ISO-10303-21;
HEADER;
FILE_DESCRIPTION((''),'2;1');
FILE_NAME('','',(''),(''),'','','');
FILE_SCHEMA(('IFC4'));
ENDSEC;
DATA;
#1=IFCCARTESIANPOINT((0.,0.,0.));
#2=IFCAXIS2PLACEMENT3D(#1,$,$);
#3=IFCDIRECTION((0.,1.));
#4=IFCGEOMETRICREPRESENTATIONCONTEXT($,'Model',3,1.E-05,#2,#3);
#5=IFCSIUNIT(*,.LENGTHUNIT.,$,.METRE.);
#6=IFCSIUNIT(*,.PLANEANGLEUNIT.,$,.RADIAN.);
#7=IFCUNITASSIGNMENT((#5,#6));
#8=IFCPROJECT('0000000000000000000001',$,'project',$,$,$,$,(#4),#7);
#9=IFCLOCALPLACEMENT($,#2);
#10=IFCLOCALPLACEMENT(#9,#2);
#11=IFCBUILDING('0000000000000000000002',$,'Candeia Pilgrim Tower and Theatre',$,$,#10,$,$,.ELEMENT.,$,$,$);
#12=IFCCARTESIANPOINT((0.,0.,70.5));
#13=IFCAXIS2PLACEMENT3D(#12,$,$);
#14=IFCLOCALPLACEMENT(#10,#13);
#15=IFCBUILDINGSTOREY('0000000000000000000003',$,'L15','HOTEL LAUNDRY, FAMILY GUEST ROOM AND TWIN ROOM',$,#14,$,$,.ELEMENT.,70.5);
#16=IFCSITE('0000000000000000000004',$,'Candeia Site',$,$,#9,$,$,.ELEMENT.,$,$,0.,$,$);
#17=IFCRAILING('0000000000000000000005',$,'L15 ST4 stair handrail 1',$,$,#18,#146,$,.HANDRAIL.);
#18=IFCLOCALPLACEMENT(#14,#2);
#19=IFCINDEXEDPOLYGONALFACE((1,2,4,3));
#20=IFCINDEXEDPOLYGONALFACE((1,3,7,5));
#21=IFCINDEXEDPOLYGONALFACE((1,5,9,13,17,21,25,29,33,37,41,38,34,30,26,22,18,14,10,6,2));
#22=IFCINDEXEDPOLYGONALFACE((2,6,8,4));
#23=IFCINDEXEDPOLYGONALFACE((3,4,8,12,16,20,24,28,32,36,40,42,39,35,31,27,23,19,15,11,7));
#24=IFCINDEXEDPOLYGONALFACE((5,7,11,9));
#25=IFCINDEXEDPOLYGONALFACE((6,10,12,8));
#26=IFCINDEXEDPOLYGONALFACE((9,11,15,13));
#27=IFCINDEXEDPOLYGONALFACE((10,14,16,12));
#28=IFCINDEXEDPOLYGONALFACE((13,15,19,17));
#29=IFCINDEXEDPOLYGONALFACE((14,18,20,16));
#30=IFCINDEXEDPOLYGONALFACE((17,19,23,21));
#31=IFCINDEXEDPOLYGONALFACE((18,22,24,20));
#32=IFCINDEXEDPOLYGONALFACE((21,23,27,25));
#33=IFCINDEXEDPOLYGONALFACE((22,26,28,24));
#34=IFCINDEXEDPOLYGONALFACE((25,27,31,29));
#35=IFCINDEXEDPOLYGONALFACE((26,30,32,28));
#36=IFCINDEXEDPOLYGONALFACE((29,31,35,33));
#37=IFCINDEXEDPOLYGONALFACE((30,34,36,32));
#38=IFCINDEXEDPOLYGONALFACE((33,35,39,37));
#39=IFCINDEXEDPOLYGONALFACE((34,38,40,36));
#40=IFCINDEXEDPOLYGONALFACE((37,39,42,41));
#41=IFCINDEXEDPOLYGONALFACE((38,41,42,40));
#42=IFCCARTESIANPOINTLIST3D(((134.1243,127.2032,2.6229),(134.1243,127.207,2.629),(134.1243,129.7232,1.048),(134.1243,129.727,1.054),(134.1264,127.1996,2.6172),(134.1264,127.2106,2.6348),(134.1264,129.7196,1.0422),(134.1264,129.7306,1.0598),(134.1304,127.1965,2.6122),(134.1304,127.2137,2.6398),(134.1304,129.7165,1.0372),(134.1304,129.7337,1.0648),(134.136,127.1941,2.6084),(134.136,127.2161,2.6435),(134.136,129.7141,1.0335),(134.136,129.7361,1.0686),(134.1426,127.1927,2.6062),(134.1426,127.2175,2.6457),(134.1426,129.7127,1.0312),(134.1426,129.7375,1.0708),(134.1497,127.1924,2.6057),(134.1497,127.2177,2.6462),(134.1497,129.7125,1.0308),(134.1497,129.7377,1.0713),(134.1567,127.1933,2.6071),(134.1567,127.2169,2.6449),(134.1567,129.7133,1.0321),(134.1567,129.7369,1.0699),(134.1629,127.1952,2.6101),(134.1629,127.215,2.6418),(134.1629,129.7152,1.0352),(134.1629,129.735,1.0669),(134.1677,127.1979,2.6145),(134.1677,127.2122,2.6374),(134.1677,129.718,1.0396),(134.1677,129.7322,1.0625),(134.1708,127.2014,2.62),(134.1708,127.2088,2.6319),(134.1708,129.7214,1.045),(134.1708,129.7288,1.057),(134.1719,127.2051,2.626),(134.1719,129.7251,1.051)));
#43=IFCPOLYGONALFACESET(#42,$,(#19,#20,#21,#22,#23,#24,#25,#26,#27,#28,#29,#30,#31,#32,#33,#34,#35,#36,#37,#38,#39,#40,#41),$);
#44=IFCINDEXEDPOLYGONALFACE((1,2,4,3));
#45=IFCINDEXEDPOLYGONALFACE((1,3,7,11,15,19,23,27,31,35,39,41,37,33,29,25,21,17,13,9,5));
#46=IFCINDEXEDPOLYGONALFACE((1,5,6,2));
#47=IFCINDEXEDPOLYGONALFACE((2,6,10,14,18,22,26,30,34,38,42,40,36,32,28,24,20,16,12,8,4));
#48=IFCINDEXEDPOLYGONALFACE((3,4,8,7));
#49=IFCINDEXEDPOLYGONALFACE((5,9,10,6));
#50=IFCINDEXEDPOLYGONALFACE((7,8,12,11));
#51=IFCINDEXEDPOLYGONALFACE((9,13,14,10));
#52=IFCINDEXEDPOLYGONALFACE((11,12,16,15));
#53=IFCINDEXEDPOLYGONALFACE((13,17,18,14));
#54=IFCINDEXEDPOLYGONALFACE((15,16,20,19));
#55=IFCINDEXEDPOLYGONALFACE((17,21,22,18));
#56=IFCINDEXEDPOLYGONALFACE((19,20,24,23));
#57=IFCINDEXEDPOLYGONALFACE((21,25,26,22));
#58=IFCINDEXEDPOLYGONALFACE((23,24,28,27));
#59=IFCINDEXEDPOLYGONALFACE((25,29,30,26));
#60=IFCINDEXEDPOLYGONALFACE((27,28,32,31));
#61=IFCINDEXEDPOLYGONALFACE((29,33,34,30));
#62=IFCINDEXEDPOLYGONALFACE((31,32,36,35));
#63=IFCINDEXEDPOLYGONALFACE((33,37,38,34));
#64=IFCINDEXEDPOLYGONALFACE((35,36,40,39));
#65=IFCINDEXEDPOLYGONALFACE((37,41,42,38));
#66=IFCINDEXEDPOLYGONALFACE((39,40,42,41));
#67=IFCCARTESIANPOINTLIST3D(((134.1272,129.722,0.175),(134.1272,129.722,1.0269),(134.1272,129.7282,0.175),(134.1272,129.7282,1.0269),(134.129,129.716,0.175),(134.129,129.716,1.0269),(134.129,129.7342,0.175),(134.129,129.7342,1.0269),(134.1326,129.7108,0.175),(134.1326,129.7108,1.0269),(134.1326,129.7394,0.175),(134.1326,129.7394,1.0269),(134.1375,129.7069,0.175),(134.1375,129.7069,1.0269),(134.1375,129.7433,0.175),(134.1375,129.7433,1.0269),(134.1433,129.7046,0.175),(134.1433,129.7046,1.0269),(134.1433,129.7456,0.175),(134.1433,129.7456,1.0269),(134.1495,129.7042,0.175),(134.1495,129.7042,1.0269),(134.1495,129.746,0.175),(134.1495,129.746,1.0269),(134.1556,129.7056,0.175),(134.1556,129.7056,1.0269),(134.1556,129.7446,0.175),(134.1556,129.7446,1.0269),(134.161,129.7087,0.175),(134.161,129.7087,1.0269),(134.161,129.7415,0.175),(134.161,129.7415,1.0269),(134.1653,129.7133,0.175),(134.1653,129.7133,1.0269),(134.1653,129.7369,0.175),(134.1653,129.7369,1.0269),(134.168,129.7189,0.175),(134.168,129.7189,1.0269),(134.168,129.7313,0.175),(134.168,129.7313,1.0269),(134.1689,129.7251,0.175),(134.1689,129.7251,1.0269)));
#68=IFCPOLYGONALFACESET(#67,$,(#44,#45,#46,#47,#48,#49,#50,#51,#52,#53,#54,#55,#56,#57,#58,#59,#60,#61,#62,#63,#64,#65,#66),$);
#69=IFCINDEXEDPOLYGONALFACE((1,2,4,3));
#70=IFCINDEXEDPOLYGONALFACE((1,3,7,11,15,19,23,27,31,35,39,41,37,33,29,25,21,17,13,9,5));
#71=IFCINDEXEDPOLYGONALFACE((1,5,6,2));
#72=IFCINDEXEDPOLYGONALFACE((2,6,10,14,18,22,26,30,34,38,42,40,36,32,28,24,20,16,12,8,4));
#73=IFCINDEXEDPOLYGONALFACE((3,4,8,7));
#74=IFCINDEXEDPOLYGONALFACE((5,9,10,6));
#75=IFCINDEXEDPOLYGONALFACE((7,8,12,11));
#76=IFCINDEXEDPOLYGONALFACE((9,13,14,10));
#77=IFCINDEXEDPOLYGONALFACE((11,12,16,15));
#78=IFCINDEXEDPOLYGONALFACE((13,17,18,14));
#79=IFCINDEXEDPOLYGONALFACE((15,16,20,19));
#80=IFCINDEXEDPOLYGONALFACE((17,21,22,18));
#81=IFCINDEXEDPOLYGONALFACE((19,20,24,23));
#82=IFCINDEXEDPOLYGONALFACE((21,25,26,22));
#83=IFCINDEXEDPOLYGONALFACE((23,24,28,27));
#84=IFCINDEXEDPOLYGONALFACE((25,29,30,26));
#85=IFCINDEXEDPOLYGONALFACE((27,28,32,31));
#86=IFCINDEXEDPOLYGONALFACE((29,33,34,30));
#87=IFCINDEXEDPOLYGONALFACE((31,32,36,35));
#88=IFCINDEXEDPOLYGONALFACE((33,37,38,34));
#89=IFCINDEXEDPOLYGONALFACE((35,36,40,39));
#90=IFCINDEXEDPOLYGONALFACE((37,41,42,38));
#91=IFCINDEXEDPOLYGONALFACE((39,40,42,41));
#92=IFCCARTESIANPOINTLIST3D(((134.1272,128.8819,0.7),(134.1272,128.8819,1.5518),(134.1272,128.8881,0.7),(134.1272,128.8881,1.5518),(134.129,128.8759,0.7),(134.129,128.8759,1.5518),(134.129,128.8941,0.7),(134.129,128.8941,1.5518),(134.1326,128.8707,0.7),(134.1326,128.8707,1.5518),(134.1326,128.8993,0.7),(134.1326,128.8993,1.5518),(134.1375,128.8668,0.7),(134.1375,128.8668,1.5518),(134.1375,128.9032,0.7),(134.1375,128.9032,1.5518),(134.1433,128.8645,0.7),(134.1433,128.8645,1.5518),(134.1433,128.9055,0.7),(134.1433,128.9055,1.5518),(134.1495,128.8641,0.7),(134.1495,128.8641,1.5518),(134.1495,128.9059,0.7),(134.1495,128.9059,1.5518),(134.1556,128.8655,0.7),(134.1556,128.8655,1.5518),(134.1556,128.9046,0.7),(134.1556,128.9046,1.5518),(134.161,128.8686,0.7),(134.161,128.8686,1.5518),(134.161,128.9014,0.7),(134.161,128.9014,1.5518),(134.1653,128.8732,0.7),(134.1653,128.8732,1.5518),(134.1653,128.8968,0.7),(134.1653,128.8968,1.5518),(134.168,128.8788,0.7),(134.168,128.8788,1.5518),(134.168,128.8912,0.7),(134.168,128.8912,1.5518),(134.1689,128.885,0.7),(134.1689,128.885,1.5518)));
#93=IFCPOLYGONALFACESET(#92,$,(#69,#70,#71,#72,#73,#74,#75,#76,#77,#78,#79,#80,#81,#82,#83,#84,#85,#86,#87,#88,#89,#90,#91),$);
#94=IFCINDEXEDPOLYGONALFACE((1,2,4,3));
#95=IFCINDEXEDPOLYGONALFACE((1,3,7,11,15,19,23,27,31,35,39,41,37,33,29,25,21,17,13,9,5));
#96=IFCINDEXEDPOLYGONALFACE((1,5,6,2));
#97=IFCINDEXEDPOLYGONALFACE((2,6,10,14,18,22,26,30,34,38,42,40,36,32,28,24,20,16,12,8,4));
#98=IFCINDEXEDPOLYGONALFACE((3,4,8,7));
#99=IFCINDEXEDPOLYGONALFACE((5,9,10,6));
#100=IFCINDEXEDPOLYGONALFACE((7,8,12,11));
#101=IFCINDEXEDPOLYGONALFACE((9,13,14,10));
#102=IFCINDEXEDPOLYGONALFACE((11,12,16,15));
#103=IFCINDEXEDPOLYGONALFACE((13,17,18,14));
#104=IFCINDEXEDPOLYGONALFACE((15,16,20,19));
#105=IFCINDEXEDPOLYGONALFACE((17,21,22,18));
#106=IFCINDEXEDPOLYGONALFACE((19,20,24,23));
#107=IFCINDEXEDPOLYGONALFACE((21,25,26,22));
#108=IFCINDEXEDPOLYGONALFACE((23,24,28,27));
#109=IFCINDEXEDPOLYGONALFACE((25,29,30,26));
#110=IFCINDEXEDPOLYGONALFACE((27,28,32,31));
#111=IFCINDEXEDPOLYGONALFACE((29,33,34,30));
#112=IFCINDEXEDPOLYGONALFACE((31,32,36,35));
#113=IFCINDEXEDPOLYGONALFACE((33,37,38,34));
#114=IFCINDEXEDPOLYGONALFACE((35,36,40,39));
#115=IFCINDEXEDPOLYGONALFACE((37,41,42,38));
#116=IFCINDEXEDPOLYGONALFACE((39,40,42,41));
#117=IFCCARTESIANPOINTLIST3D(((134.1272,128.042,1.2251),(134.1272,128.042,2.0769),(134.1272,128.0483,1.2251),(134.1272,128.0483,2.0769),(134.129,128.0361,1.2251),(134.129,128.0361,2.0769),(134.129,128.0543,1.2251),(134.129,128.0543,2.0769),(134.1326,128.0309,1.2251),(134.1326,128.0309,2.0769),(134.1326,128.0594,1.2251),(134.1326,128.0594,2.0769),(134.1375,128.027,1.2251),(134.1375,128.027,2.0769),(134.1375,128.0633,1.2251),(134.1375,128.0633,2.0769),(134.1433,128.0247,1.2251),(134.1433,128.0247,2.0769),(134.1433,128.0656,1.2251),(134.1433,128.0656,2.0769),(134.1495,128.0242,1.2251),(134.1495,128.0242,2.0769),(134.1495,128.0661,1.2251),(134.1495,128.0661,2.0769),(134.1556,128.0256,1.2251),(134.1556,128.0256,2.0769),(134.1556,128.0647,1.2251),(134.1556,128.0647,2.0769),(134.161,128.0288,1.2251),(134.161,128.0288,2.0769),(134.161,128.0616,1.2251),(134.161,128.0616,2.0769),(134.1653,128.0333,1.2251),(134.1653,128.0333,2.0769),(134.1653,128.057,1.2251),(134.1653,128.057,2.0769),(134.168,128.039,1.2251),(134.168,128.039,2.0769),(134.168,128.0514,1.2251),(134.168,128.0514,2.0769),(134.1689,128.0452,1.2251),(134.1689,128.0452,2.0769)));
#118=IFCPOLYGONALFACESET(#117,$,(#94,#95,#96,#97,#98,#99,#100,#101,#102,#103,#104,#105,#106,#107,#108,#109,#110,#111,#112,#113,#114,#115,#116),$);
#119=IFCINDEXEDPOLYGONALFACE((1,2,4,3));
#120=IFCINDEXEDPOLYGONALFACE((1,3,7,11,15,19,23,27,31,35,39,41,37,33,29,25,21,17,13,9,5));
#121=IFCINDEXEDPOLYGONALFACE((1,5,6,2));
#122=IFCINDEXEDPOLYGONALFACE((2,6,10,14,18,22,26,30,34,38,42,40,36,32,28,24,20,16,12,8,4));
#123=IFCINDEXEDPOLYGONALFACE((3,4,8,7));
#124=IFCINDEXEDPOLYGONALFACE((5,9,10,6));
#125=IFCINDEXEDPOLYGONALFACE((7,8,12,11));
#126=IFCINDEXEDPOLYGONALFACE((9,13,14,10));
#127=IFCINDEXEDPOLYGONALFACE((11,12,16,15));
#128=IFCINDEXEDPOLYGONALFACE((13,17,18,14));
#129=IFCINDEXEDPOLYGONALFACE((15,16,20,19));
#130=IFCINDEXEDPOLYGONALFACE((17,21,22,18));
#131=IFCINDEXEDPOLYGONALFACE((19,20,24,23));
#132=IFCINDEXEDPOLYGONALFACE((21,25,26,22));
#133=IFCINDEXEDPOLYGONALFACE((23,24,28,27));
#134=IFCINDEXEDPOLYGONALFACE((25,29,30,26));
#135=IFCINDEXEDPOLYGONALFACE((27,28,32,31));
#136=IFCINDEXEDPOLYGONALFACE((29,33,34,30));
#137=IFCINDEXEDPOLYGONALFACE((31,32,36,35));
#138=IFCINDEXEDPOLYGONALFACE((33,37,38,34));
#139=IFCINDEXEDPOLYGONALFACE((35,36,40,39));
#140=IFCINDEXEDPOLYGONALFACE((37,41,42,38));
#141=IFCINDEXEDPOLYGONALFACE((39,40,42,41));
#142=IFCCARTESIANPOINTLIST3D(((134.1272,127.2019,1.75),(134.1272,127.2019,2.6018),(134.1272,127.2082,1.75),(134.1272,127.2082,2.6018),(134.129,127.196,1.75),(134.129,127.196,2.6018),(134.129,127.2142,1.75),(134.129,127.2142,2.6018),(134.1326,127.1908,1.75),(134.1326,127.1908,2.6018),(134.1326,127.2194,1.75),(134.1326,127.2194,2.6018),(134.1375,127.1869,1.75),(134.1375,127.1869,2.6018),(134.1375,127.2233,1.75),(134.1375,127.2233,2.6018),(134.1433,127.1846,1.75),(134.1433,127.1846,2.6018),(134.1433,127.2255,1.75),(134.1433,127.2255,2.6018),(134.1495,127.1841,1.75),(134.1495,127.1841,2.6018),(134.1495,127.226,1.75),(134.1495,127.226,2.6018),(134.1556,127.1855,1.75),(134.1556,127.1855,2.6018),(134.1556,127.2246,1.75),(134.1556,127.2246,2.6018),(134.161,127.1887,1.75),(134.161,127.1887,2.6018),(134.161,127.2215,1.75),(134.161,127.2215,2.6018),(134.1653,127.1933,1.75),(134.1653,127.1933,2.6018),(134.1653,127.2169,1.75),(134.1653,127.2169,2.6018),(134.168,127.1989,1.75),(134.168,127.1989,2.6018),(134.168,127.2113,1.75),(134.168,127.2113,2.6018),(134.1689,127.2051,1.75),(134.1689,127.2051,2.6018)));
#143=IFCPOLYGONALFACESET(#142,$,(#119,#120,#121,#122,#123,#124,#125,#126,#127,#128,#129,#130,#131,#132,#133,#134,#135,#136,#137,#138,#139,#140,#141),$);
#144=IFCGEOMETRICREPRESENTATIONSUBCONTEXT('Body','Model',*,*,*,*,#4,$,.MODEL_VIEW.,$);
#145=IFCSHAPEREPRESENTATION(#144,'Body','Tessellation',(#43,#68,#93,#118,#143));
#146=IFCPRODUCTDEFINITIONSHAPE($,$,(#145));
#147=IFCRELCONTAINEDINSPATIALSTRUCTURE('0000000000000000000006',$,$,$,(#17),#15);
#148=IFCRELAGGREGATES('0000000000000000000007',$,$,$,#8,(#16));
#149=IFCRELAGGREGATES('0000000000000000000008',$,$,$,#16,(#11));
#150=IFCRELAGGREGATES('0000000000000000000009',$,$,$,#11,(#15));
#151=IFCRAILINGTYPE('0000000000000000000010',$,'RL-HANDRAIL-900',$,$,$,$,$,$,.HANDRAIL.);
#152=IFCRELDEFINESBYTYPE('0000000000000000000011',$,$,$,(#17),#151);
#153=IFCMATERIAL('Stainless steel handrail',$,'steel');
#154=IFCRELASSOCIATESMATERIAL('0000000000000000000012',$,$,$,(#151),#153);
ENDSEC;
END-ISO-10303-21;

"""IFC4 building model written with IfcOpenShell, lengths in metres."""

from ifc_helpers import new_model, si_unit, direction, frame, origin, origin_2d, place, context, subcontext, project, spatial, circle, extrude, material, type_object, element, save


model = new_model("IFC4")

# Units and contexts
model_context = context("Model", 3, precision=1e-05, world=origin(), true_north=direction((0.0, 1.0)))
body_context = subcontext(model_context, "Body", "Model", "MODEL_VIEW")
ifc_project = project(units=[si_unit("LENGTHUNIT", "METRE"), si_unit("PLANEANGLEUNIT", "RADIAN")], contexts=[model_context])

# Site, building, storey
site_placement = place(None, origin())
site = spatial("IfcSite", under=ifc_project, at=site_placement, Name="Candeia Site", CompositionType="ELEMENT", RefElevation=0.0)
building_placement = place(site_placement, origin())
building = spatial("IfcBuilding", under=site, at=building_placement, Name="Candeia Pilgrim Tower and Theatre", CompositionType="ELEMENT")
storey_placement = place(building_placement, frame((0.0, 0.0, 70.5)))
storey = spatial("IfcBuildingStorey", under=building, at=storey_placement, Name="L15", Description="HOTEL LAUNDRY, FAMILY GUEST ROOM AND TWIN ROOM", CompositionType="ELEMENT", Elevation=70.5)

# Railing
ifc_material_1 = material(Name="Stainless steel handrail", Category="steel")
railing_type_1 = type_object("IfcRailingType", Name="RL-HANDRAIL-900", PredefinedType="HANDRAIL", material=ifc_material_1)
railing_1_placement = place(storey_placement, frame((134.1479, 129.7251, 0.175)))
element("IfcRailing", 1, at=railing_1_placement, inside=storey, type_object=railing_type_1, Name="L15 ST4 stair handrail 1", PredefinedType="HANDRAIL", context=body_context, shape_type="SweptSolid", body=[
    extrude(circle(Radius=0.0239, at=origin_2d()), frame((0.0, 0.0, 0.876), z_axis=(0.0, -0.848008, 0.529984), x_axis=(1.0, 0.0, 0.0)), (0.0, 0.0, 1.0), 2.9717),
    extrude(circle(Radius=0.021, at=origin_2d()), origin(), (0.0, 0.0, 1.0), 0.8518),
    extrude(circle(Radius=0.021, at=origin_2d()), frame((0.0, -0.8401, 0.5249)), (0.0, 0.0, 1.0), 0.8518),
    extrude(circle(Radius=0.021, at=origin_2d()), frame((0.0, -1.6799, 1.05)), (0.0, 0.0, 1.0), 0.8518),
    extrude(circle(Radius=0.021, at=origin_2d()), frame((0.0, -2.52, 1.575)), (0.0, 0.0, 1.0), 0.8518),
])

save(model, "model.ifc")
